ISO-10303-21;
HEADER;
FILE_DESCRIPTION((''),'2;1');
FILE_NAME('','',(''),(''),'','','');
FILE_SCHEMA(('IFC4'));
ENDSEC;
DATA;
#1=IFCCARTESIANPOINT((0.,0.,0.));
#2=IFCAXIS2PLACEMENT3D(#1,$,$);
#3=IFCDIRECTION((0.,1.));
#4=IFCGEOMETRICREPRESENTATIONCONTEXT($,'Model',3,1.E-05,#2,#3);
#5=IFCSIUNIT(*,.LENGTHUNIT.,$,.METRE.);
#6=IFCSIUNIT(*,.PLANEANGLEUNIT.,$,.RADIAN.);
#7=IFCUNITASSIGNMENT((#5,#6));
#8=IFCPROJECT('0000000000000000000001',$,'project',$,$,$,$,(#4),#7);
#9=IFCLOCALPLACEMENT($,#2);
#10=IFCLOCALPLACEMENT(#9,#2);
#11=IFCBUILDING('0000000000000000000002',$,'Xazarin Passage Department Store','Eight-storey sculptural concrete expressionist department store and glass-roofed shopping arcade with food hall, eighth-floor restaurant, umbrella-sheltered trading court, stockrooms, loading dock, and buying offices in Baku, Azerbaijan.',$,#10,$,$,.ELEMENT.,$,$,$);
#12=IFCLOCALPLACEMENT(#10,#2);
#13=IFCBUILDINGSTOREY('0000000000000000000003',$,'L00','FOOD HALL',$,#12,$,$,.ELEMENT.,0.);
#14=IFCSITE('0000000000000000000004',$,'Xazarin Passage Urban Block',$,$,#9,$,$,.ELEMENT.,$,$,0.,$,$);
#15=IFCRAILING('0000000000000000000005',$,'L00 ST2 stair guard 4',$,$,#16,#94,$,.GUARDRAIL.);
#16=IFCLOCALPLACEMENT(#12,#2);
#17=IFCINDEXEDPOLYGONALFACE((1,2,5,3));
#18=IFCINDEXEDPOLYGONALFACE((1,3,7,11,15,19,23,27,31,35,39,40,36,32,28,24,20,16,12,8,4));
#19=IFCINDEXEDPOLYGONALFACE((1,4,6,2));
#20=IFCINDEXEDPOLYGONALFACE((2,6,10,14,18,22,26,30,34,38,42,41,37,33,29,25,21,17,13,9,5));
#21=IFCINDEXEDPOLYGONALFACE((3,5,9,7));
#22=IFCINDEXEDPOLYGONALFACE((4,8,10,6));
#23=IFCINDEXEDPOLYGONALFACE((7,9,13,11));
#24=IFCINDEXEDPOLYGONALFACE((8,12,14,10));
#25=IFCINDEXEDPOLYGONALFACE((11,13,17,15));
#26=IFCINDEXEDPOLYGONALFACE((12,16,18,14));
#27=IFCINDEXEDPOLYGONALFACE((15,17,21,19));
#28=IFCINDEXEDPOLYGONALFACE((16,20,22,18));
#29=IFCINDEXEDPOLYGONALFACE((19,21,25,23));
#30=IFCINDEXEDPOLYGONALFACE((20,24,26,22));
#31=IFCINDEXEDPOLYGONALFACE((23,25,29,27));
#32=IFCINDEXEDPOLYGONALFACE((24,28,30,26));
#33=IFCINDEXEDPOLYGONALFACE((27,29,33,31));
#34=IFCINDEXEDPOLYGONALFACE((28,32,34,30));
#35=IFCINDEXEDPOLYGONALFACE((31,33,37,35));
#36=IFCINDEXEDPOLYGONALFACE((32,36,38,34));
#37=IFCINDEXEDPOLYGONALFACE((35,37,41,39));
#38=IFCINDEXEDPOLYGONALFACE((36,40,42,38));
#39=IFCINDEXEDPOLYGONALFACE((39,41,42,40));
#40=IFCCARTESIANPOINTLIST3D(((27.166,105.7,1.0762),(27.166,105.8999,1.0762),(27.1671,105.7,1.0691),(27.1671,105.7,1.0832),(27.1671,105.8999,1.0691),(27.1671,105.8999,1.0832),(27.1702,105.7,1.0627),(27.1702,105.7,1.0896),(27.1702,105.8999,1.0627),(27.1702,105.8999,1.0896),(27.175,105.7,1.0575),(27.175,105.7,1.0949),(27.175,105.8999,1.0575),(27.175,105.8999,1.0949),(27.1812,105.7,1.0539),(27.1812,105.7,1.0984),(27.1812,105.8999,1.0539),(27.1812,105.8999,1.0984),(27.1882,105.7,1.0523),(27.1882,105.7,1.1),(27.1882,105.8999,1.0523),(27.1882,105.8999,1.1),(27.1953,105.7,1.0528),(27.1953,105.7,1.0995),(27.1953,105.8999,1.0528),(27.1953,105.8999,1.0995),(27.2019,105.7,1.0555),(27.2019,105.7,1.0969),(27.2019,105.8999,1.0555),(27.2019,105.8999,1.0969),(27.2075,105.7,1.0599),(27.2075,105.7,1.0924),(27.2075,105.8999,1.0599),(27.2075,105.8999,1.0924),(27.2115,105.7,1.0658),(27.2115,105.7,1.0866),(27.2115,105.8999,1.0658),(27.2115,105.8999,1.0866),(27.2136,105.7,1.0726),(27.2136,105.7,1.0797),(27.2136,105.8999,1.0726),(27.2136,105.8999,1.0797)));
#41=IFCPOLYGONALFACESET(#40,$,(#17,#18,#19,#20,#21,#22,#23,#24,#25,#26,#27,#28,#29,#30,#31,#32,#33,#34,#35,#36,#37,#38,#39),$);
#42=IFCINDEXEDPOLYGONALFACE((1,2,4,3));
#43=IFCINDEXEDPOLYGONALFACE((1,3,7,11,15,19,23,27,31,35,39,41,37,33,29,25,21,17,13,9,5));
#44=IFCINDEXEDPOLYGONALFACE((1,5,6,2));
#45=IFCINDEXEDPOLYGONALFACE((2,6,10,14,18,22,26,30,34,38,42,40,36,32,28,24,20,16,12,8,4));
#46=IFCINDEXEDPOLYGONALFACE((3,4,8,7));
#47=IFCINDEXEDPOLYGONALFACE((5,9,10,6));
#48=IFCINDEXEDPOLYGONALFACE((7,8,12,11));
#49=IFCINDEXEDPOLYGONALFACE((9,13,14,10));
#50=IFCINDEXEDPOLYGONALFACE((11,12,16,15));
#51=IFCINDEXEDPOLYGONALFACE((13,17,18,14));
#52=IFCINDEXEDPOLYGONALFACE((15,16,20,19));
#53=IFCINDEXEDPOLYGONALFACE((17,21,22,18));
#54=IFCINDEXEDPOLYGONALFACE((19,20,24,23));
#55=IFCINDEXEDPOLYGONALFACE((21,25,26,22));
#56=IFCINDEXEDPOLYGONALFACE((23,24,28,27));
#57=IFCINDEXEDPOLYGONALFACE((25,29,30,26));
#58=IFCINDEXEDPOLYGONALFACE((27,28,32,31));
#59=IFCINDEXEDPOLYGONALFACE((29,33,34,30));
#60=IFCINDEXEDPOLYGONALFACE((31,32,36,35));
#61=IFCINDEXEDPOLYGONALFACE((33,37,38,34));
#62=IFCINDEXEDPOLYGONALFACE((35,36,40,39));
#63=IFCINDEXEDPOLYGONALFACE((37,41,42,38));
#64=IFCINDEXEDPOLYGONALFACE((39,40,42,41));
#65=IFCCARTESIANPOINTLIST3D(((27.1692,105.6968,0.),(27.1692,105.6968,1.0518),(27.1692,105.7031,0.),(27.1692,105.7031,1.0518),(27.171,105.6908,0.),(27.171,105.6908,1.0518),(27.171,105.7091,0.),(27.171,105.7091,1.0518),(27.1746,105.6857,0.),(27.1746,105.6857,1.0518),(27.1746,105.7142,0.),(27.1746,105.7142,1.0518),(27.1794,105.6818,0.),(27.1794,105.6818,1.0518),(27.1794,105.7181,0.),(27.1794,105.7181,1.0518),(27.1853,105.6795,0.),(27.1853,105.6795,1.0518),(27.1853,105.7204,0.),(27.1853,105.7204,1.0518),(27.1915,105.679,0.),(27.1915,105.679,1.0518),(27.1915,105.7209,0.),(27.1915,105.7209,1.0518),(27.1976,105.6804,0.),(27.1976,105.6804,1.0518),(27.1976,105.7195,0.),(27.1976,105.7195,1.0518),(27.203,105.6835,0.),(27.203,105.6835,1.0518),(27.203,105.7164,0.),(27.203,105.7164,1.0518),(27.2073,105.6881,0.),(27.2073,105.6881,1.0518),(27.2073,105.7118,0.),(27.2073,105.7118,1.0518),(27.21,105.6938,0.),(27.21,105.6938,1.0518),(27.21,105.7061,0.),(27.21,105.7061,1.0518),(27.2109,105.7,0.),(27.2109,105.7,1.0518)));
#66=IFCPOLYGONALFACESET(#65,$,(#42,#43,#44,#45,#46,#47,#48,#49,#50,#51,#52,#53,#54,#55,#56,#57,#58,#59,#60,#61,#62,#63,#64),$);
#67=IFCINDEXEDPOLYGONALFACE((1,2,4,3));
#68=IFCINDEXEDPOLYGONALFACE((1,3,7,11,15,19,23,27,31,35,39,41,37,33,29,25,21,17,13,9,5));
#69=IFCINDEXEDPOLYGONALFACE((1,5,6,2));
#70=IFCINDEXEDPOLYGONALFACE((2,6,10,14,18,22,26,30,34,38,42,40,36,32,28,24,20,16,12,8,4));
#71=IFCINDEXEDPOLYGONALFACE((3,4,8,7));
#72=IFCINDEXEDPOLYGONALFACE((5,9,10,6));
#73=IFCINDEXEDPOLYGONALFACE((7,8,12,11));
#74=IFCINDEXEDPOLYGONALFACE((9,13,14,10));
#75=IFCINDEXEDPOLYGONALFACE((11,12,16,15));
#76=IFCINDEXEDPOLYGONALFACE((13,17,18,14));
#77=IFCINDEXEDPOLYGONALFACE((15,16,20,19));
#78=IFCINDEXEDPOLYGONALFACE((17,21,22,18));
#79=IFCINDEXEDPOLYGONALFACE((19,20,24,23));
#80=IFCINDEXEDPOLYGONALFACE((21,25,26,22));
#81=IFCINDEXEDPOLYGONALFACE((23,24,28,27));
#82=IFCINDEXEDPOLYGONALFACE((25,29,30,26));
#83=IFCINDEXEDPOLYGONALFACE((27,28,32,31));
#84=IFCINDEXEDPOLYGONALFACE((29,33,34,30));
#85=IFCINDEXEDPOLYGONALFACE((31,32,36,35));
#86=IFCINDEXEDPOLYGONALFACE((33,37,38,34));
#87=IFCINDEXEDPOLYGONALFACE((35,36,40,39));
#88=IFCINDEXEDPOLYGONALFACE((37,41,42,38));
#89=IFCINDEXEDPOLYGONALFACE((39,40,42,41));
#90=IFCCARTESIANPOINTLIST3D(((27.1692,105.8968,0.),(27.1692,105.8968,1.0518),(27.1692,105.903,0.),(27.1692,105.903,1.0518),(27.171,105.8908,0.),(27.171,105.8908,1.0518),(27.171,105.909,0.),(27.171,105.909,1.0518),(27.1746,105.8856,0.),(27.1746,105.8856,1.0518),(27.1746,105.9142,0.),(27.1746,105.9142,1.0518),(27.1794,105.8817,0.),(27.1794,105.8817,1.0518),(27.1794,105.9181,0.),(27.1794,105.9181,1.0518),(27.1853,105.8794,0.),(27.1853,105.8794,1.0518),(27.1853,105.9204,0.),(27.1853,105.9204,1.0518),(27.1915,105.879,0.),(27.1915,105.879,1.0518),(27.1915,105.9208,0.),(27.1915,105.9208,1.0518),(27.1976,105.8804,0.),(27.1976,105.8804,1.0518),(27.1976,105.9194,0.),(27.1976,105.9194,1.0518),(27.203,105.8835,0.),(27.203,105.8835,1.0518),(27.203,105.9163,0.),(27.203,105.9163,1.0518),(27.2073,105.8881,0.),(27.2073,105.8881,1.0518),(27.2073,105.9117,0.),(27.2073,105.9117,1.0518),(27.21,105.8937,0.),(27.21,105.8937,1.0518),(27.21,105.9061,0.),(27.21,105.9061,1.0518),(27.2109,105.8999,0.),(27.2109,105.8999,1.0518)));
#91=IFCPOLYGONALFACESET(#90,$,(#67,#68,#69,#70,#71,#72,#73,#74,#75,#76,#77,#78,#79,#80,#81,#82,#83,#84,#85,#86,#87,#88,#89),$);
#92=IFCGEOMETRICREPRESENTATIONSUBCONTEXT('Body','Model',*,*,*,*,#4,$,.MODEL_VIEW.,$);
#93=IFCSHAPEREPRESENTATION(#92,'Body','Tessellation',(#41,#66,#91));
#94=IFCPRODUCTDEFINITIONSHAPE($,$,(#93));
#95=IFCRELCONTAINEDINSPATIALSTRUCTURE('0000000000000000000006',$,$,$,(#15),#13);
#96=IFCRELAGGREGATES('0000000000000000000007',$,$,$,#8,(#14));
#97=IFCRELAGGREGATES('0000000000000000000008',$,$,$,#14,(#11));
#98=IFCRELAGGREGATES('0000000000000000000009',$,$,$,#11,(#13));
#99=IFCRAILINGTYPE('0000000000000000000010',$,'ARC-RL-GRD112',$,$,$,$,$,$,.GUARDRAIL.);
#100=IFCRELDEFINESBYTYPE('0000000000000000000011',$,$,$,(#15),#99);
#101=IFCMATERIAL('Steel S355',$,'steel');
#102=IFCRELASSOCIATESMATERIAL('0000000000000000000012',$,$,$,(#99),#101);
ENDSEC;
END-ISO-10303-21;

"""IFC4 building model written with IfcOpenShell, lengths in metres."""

from ifc_helpers import new_model, si_unit, direction, frame, origin, origin_2d, place, context, subcontext, project, spatial, circle, extrude, material, type_object, element, save


model = new_model("IFC4")

# Units and contexts
model_context = context("Model", 3, precision=1e-05, world=origin(), true_north=direction((0.0, 1.0)))
body_context = subcontext(model_context, "Body", "Model", "MODEL_VIEW")
ifc_project = project(units=[si_unit("LENGTHUNIT", "METRE"), si_unit("PLANEANGLEUNIT", "RADIAN")], contexts=[model_context])

# Site, building, storey
site_placement = place(None, origin())
site = spatial("IfcSite", under=ifc_project, at=site_placement, Name="Xazarin Passage Urban Block", CompositionType="ELEMENT", RefElevation=0.0)
building_placement = place(site_placement, origin())
building = spatial("IfcBuilding", under=site, at=building_placement, Name="Xazarin Passage Department Store", Description="Eight-storey sculptural concrete expressionist department store and glass-roofed shopping arcade with food hall, eighth-floor restaurant, umbrella-sheltered trading court, stockrooms, loading dock, and buying offices in Baku, Azerbaijan.", CompositionType="ELEMENT")
storey_placement = place(building_placement, origin())
storey = spatial("IfcBuildingStorey", under=building, at=storey_placement, Name="L00", Description="FOOD HALL", CompositionType="ELEMENT", Elevation=0.0)

# Shared definitions
ifc_material_1 = material(Name="Steel S355", Category="steel")

# Railing
railing_type_1 = type_object("IfcRailingType", Name="ARC-RL-GRD112", PredefinedType="GUARDRAIL", material=ifc_material_1)
railing_1_placement = place(storey_placement, frame((27.1899, 105.7, 0.0)))
element("IfcRailing", 1, at=railing_1_placement, inside=storey, type_object=railing_type_1, Name="L00 ST2 stair guard 4", PredefinedType="GUARDRAIL", context=body_context, shape_type="SweptSolid", body=[
    extrude(circle(Radius=0.0239, at=origin_2d()), frame((0.0, 0.0, 1.0762), z_axis=(0.0, 1.0, 0.0), x_axis=(-1.0, 0.0, 0.0)), (0.0, 0.0, 1.0), 0.2),
    extrude(circle(Radius=0.021, at=origin_2d()), origin(), (0.0, 0.0, 1.0), 1.0518),
    extrude(circle(Radius=0.021, at=origin_2d()), frame((0.0, 0.2, 0.0)), (0.0, 0.0, 1.0), 1.0518),
])

save(model, "model.ifc")
